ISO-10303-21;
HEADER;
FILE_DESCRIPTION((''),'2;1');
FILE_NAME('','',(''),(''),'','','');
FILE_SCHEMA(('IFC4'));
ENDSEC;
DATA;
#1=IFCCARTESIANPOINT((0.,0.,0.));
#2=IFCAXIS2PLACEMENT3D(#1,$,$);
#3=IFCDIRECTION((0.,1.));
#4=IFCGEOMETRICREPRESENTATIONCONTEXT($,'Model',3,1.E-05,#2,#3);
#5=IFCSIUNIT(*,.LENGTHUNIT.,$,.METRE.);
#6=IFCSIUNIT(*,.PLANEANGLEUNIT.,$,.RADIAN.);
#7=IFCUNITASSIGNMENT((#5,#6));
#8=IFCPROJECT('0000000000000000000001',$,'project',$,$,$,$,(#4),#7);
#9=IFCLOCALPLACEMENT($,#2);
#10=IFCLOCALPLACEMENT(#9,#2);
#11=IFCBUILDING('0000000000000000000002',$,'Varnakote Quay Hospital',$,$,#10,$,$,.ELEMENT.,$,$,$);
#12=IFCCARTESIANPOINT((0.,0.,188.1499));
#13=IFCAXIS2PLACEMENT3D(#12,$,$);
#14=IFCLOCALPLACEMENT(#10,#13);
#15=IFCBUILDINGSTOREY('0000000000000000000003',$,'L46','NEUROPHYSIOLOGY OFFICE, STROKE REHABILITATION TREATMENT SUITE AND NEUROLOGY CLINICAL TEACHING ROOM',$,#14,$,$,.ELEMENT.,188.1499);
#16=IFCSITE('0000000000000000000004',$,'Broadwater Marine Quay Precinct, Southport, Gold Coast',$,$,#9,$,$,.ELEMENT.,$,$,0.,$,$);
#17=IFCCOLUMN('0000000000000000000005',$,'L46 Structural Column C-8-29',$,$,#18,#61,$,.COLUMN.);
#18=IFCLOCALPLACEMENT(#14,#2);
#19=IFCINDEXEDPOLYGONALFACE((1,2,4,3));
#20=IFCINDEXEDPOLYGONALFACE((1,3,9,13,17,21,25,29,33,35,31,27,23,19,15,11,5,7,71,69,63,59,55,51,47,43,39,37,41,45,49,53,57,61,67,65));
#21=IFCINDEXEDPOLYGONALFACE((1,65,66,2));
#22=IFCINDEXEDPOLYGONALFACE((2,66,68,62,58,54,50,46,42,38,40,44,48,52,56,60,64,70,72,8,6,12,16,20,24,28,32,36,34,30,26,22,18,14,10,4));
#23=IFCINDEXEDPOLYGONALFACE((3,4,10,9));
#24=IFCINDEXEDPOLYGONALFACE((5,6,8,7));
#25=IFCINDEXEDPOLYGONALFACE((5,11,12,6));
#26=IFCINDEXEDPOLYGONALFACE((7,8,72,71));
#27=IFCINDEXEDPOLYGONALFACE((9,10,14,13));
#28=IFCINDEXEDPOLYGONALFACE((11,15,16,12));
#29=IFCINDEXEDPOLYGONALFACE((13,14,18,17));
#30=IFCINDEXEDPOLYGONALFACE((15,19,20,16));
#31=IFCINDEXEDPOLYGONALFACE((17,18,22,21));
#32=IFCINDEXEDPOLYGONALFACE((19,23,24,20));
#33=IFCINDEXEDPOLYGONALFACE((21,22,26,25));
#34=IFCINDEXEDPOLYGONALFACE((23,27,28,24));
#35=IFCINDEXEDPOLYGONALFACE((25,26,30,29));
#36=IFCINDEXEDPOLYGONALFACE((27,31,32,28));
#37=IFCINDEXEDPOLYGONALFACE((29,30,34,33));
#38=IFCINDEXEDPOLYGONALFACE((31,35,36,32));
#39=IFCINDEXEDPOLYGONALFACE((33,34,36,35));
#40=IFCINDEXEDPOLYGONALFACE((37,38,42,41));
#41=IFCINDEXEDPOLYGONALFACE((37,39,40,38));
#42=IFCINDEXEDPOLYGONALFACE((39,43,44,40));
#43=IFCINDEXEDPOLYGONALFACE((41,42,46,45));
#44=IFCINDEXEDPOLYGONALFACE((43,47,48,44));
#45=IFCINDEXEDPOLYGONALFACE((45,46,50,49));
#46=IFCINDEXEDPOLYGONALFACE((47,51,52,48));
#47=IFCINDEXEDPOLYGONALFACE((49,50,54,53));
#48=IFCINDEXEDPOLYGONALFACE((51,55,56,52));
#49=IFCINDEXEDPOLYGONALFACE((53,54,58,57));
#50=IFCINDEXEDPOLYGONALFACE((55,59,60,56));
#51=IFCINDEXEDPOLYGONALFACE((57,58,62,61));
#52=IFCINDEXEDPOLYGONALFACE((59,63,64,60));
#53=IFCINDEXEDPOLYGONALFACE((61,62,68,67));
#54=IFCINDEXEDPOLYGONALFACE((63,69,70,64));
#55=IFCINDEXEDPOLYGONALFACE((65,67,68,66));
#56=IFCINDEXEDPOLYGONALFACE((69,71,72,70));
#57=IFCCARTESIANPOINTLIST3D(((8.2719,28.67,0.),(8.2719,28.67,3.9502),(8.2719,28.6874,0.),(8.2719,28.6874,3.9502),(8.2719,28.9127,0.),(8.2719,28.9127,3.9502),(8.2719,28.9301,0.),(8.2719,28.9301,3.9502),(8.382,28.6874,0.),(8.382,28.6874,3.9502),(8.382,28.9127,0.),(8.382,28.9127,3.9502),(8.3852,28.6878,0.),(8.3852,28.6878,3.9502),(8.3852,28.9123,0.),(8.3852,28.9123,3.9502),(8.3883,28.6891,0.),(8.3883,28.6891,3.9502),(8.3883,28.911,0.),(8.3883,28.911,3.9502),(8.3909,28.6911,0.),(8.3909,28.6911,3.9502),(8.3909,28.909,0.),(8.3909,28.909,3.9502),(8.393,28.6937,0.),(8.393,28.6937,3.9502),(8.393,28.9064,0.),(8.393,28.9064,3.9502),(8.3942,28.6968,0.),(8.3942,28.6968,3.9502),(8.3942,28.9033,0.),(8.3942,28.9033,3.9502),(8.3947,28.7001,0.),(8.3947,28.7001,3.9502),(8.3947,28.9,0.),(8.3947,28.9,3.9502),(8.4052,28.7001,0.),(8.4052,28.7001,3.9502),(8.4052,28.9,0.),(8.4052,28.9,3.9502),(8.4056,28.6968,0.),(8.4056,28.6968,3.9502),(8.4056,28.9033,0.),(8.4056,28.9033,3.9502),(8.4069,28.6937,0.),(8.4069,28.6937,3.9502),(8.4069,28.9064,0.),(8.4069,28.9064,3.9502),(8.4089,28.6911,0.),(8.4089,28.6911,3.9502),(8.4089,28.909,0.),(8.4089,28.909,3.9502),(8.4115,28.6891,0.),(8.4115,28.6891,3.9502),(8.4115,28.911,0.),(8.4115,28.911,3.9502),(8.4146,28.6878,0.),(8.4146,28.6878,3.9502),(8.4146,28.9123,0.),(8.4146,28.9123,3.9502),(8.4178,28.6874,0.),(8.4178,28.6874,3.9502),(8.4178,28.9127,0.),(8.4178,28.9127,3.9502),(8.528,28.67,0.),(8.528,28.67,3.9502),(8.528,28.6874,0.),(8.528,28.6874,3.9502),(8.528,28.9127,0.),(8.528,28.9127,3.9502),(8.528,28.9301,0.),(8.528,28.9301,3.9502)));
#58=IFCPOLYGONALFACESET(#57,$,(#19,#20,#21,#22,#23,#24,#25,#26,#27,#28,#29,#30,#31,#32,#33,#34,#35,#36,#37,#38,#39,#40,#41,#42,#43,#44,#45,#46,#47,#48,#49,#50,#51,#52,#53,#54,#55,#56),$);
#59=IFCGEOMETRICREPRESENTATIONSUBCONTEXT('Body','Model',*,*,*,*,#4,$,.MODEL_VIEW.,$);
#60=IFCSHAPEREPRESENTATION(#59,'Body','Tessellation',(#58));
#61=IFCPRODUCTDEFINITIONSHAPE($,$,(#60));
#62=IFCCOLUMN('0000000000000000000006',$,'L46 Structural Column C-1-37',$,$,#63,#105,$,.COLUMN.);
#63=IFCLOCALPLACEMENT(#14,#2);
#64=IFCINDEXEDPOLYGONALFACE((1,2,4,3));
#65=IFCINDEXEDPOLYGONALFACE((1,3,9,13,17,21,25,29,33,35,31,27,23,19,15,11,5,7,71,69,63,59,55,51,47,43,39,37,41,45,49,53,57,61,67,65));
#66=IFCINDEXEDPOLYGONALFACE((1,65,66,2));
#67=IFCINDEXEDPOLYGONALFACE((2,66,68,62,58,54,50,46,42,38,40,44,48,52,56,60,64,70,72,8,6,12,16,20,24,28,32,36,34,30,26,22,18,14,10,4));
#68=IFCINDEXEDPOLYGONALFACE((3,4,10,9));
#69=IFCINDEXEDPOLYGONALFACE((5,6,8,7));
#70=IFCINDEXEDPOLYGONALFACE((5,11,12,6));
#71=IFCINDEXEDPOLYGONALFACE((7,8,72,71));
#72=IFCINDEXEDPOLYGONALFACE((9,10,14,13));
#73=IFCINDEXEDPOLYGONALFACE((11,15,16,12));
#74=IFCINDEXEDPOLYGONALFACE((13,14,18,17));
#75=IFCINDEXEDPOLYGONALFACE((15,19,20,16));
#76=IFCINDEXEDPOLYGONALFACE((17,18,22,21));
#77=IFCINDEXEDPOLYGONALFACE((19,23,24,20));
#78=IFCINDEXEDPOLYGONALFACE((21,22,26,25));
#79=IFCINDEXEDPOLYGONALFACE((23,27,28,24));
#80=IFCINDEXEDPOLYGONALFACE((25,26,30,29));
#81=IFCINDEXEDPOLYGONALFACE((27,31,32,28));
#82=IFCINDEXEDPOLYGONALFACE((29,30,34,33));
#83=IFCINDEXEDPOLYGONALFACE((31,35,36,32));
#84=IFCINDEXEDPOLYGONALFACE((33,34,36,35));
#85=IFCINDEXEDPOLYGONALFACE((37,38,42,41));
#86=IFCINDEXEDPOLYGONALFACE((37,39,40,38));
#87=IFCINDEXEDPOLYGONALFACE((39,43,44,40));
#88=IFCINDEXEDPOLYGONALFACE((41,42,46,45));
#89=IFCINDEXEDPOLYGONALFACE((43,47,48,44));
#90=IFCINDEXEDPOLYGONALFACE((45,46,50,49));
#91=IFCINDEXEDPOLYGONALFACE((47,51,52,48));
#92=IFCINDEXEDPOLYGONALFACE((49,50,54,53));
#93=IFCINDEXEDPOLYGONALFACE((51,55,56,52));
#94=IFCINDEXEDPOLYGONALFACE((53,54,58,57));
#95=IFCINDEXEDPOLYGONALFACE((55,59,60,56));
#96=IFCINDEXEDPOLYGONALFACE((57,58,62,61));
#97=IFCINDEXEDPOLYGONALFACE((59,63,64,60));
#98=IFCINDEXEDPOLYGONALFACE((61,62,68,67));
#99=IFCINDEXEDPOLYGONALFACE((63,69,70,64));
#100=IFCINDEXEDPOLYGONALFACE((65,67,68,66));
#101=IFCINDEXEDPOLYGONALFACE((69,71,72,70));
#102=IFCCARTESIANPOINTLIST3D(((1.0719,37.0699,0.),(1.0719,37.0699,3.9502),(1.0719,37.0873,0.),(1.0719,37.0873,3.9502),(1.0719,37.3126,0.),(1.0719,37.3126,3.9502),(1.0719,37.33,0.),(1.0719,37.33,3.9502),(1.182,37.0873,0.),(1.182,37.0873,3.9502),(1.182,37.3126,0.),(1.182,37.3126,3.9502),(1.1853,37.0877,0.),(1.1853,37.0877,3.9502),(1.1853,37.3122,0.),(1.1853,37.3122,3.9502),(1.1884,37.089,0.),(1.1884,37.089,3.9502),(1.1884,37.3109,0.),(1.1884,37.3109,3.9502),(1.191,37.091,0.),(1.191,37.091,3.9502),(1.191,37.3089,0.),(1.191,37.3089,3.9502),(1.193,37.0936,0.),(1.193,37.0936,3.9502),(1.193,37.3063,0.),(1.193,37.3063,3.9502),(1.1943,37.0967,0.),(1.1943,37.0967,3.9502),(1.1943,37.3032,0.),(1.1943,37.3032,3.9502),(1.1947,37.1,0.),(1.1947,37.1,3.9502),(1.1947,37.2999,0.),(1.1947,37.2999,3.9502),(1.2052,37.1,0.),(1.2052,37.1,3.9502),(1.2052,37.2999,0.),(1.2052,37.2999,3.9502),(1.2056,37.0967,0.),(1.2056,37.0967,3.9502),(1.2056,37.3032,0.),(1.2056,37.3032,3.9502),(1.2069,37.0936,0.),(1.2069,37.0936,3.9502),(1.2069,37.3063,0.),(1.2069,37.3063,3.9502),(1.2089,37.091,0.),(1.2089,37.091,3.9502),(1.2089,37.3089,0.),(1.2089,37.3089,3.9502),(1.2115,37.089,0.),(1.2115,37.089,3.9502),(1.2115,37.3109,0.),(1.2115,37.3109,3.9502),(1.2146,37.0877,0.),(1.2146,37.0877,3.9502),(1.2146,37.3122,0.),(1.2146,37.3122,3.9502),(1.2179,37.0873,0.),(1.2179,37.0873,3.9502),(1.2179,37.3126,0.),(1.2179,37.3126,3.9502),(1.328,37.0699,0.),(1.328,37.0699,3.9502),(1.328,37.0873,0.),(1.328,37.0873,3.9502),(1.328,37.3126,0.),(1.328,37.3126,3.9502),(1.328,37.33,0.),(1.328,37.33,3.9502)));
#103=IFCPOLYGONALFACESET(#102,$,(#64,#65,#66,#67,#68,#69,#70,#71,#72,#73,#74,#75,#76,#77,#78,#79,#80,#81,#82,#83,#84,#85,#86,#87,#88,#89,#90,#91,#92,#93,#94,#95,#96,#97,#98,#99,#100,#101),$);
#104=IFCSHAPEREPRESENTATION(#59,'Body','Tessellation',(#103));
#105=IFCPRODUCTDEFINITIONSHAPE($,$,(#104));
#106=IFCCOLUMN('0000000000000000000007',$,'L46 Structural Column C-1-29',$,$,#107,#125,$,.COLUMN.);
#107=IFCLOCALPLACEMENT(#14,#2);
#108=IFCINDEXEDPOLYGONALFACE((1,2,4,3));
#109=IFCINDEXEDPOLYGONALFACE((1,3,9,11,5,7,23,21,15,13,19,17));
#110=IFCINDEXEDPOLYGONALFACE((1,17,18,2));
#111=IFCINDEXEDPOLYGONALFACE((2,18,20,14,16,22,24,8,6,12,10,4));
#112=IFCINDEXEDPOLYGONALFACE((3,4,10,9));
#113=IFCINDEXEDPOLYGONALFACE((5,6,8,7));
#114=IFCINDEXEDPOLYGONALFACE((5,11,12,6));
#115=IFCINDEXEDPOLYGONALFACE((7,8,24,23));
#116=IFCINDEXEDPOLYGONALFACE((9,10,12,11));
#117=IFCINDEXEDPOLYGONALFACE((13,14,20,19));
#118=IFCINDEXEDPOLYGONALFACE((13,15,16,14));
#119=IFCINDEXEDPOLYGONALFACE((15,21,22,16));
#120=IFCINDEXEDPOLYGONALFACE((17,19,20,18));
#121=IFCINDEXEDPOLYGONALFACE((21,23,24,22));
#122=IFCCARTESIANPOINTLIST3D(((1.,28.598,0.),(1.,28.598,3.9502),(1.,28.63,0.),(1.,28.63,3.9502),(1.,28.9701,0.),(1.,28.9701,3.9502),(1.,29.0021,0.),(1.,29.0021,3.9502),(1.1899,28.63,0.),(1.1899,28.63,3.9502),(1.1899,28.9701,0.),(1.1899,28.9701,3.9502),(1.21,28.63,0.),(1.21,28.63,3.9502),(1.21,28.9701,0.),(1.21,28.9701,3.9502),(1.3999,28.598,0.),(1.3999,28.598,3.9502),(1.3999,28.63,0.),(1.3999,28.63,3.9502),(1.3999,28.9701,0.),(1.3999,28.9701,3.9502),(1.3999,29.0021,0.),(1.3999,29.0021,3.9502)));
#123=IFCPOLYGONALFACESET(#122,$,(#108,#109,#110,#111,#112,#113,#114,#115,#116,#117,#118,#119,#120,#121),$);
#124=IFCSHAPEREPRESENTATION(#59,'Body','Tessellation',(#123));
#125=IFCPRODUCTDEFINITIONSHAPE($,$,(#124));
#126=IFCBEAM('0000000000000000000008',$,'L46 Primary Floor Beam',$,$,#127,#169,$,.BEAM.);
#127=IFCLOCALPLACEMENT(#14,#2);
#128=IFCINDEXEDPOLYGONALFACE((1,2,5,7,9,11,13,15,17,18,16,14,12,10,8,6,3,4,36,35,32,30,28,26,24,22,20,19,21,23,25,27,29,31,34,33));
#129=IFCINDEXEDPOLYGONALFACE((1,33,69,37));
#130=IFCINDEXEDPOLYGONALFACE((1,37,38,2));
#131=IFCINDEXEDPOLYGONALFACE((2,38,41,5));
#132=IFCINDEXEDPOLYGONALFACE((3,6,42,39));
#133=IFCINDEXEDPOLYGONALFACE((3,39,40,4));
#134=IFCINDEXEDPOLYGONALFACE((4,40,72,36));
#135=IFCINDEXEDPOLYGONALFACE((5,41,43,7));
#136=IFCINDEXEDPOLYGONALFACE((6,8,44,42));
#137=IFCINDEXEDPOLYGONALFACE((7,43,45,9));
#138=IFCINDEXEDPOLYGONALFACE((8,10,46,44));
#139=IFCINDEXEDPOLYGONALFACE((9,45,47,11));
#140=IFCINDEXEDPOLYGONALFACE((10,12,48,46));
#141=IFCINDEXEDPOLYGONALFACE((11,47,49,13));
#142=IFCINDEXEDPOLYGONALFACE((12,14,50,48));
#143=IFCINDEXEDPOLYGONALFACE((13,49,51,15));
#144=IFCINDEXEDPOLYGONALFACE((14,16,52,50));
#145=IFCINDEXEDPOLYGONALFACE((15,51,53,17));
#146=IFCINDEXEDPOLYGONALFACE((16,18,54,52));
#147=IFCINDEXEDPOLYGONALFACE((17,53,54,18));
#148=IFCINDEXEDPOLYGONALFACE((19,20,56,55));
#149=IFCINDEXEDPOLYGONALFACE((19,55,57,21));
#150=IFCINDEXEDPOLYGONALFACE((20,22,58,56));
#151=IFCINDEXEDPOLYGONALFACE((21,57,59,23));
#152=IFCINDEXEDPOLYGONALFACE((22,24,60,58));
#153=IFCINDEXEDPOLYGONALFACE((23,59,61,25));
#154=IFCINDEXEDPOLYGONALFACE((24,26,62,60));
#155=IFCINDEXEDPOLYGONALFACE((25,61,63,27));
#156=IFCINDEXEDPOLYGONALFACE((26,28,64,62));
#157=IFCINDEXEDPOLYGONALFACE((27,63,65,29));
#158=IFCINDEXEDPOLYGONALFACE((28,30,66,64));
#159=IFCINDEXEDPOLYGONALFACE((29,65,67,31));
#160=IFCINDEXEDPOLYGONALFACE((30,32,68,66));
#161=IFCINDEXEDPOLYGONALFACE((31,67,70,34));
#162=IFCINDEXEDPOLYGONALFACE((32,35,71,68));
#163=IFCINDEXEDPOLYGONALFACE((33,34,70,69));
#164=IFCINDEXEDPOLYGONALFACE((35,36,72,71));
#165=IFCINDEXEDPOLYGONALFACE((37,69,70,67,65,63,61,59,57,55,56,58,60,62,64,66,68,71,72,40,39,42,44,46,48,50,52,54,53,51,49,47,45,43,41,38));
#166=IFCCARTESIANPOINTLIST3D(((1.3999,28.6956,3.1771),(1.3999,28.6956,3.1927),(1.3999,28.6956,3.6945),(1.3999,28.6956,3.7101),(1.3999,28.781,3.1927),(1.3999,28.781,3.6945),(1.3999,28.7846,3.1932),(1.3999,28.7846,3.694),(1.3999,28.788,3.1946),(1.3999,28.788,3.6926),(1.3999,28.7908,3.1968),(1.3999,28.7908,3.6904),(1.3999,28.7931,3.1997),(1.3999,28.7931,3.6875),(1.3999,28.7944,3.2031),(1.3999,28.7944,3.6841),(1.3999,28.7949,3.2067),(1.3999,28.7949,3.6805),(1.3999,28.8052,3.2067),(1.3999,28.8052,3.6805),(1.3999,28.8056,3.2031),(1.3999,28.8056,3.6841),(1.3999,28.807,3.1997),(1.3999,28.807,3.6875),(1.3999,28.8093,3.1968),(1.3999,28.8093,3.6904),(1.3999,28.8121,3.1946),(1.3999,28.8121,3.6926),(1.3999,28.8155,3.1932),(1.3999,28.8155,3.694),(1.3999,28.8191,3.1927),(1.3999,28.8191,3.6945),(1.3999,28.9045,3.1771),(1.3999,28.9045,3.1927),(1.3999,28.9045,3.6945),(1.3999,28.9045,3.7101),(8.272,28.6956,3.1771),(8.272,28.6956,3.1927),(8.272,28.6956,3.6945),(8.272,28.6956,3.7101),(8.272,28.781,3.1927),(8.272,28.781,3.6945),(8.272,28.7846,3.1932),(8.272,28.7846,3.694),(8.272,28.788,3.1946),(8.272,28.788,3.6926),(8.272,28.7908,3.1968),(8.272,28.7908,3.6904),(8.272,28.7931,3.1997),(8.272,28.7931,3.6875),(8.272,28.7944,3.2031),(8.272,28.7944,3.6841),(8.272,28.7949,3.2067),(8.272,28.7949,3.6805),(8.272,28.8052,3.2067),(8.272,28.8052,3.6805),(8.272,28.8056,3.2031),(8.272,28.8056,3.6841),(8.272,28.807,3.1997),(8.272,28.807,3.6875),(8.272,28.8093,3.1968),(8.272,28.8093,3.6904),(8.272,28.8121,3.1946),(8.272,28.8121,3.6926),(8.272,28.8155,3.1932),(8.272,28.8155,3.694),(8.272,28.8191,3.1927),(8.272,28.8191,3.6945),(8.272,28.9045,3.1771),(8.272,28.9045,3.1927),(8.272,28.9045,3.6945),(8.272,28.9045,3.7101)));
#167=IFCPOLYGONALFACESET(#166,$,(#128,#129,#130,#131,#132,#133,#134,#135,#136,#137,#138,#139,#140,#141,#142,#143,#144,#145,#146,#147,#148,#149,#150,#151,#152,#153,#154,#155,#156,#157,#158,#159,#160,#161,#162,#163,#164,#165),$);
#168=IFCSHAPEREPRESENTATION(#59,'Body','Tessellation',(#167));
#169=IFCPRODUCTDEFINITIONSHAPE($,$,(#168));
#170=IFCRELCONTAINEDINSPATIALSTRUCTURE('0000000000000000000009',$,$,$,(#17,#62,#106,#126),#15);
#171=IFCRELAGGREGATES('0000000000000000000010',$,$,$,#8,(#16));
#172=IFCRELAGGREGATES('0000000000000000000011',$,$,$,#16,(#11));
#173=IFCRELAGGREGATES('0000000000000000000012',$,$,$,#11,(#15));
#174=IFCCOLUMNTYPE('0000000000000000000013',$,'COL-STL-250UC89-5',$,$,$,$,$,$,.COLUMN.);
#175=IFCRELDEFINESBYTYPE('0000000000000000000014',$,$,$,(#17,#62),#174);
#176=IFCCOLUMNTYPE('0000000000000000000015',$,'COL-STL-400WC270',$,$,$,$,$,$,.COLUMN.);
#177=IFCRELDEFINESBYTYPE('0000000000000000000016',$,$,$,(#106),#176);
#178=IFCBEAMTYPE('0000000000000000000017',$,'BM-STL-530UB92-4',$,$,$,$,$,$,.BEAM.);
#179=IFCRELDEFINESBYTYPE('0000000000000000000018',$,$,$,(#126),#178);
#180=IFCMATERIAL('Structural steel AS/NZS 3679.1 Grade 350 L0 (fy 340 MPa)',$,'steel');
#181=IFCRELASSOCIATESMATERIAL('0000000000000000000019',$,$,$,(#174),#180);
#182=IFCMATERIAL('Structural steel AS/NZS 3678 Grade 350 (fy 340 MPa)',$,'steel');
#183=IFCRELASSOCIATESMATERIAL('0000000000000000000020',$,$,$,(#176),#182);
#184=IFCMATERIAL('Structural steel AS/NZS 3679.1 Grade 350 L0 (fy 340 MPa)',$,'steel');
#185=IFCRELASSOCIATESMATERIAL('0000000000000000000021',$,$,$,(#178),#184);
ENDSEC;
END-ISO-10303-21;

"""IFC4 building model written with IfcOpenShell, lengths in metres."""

from ifc_helpers import new_model, si_unit, direction, frame, origin, origin_2d, place, context, subcontext, project, spatial, i_section, extrude, material, material_profile, profile_set, type_object, element, save


model = new_model("IFC4")

# Units and contexts
model_context = context("Model", 3, precision=1e-05, world=origin(), true_north=direction((0.0, 1.0)))
body_context = subcontext(model_context, "Body", "Model", "MODEL_VIEW")
ifc_project = project(units=[si_unit("LENGTHUNIT", "METRE"), si_unit("PLANEANGLEUNIT", "RADIAN")], contexts=[model_context])

# Site, building, storey
site_placement = place(None, origin())
site = spatial("IfcSite", under=ifc_project, at=site_placement, Name="Broadwater Marine Quay Precinct, Southport, Gold Coast", CompositionType="ELEMENT", RefElevation=0.0)
building_placement = place(site_placement, origin())
building = spatial("IfcBuilding", under=site, at=building_placement, Name="Varnakote Quay Hospital", CompositionType="ELEMENT")
storey_placement = place(building_placement, frame((0.0, 0.0, 188.1499)))
storey = spatial("IfcBuildingStorey", under=building, at=storey_placement, Name="L46", Description="NEUROPHYSIOLOGY OFFICE, STROKE REHABILITATION TREATMENT SUITE AND NEUROLOGY CLINICAL TEACHING ROOM", CompositionType="ELEMENT", Elevation=188.1499)

# Columns
ifc_material_1 = material(Name="Structural steel AS/NZS 3679.1 Grade 350 L0 (fy 340 MPa)", Category="steel")
ifc_material_profile_1 = material_profile(ifc_material_1, i_section(OverallWidth=0.2561, OverallDepth=0.26, WebThickness=0.0105, FlangeThickness=0.0173, FilletRadius=0.0127, at=origin_2d()), Name="250UC89.5")
ifc_profile_set_1 = profile_set([ifc_material_profile_1], Name="Structural steel AS/NZS 3679.1 Grade 350 L0 (fy 340 MPa)")
column_type_1 = type_object("IfcColumnType", Name="COL-STL-250UC89-5", PredefinedType="COLUMN", material=ifc_profile_set_1)
for number, where, z_axis, x_axis, name in (
    (1, (8.3999, 28.8, 0.0), (0.0, 0.0, 1.0), (1.0, 0.0, 0.0), "L46 Structural Column C-8-29"),
    (2, (1.2, 37.2, 0.0), (0.0, 0.0, 1.0), (1.0, 0.0, 0.0), "L46 Structural Column C-1-37"),
):
    element("IfcColumn", number, at=place(storey_placement, frame(where, z_axis=z_axis, x_axis=x_axis)), inside=storey, type_object=column_type_1, Name=name, PredefinedType="COLUMN", context=body_context, shape_type="SweptSolid", body=[
        extrude(i_section(OverallWidth=0.2561, OverallDepth=0.26, WebThickness=0.0105, FlangeThickness=0.0173, FilletRadius=0.0127, at=origin_2d()), origin(), (0.0, 0.0, 1.0), 3.9502),
    ])
ifc_material_2 = material(Name="Structural steel AS/NZS 3678 Grade 350 (fy 340 MPa)", Category="steel")
ifc_material_profile_2 = material_profile(ifc_material_2, i_section(OverallWidth=0.3999, OverallDepth=0.4041, WebThickness=0.02, FlangeThickness=0.032, at=origin_2d()), Name="400WC270")
ifc_profile_set_2 = profile_set([ifc_material_profile_2], Name="Structural steel AS/NZS 3678 Grade 350 (fy 340 MPa)")
column_type_2 = type_object("IfcColumnType", Name="COL-STL-400WC270", PredefinedType="COLUMN", material=ifc_profile_set_2)
column_placement = place(storey_placement, frame((1.2, 28.8, 0.0), z_axis=(0.0, 0.0, 1.0), x_axis=(1.0, 0.0, 0.0)))
element("IfcColumn", 3, at=column_placement, inside=storey, type_object=column_type_2, Name="L46 Structural Column C-1-29", PredefinedType="COLUMN", context=body_context, shape_type="SweptSolid", body=[
    extrude(i_section(OverallWidth=0.3999, OverallDepth=0.4041, WebThickness=0.02, FlangeThickness=0.032, at=origin_2d()), origin(), (0.0, 0.0, 1.0), 3.9502),
])

# Beam
ifc_material_3 = material(Name="Structural steel AS/NZS 3679.1 Grade 350 L0 (fy 340 MPa)", Category="steel")
ifc_material_profile_3 = material_profile(ifc_material_3, i_section(OverallWidth=0.209, OverallDepth=0.533, WebThickness=0.0103, FlangeThickness=0.0156, FilletRadius=0.0139, at=origin_2d()), Name="530UB92.4")
ifc_profile_set_3 = profile_set([ifc_material_profile_3], Name="Structural steel AS/NZS 3679.1 Grade 350 L0 (fy 340 MPa)")
beam_type_1 = type_object("IfcBeamType", Name="BM-STL-530UB92-4", PredefinedType="BEAM", material=ifc_profile_set_3)
beam_1_placement = place(storey_placement, frame((1.3999, 28.8, 3.4436), z_axis=(1.0, 0.0, 0.0), x_axis=(0.0, 1.0, 0.0)))
element("IfcBeam", 4, at=beam_1_placement, inside=storey, type_object=beam_type_1, Name="L46 Primary Floor Beam", PredefinedType="BEAM", context=body_context, shape_type="SweptSolid", body=[
    extrude(i_section(OverallWidth=0.209, OverallDepth=0.533, WebThickness=0.0103, FlangeThickness=0.0156, FilletRadius=0.0139, at=origin_2d()), origin(), (0.0, 0.0, 1.0), 6.8721),
])

save(model, "model.ifc")
